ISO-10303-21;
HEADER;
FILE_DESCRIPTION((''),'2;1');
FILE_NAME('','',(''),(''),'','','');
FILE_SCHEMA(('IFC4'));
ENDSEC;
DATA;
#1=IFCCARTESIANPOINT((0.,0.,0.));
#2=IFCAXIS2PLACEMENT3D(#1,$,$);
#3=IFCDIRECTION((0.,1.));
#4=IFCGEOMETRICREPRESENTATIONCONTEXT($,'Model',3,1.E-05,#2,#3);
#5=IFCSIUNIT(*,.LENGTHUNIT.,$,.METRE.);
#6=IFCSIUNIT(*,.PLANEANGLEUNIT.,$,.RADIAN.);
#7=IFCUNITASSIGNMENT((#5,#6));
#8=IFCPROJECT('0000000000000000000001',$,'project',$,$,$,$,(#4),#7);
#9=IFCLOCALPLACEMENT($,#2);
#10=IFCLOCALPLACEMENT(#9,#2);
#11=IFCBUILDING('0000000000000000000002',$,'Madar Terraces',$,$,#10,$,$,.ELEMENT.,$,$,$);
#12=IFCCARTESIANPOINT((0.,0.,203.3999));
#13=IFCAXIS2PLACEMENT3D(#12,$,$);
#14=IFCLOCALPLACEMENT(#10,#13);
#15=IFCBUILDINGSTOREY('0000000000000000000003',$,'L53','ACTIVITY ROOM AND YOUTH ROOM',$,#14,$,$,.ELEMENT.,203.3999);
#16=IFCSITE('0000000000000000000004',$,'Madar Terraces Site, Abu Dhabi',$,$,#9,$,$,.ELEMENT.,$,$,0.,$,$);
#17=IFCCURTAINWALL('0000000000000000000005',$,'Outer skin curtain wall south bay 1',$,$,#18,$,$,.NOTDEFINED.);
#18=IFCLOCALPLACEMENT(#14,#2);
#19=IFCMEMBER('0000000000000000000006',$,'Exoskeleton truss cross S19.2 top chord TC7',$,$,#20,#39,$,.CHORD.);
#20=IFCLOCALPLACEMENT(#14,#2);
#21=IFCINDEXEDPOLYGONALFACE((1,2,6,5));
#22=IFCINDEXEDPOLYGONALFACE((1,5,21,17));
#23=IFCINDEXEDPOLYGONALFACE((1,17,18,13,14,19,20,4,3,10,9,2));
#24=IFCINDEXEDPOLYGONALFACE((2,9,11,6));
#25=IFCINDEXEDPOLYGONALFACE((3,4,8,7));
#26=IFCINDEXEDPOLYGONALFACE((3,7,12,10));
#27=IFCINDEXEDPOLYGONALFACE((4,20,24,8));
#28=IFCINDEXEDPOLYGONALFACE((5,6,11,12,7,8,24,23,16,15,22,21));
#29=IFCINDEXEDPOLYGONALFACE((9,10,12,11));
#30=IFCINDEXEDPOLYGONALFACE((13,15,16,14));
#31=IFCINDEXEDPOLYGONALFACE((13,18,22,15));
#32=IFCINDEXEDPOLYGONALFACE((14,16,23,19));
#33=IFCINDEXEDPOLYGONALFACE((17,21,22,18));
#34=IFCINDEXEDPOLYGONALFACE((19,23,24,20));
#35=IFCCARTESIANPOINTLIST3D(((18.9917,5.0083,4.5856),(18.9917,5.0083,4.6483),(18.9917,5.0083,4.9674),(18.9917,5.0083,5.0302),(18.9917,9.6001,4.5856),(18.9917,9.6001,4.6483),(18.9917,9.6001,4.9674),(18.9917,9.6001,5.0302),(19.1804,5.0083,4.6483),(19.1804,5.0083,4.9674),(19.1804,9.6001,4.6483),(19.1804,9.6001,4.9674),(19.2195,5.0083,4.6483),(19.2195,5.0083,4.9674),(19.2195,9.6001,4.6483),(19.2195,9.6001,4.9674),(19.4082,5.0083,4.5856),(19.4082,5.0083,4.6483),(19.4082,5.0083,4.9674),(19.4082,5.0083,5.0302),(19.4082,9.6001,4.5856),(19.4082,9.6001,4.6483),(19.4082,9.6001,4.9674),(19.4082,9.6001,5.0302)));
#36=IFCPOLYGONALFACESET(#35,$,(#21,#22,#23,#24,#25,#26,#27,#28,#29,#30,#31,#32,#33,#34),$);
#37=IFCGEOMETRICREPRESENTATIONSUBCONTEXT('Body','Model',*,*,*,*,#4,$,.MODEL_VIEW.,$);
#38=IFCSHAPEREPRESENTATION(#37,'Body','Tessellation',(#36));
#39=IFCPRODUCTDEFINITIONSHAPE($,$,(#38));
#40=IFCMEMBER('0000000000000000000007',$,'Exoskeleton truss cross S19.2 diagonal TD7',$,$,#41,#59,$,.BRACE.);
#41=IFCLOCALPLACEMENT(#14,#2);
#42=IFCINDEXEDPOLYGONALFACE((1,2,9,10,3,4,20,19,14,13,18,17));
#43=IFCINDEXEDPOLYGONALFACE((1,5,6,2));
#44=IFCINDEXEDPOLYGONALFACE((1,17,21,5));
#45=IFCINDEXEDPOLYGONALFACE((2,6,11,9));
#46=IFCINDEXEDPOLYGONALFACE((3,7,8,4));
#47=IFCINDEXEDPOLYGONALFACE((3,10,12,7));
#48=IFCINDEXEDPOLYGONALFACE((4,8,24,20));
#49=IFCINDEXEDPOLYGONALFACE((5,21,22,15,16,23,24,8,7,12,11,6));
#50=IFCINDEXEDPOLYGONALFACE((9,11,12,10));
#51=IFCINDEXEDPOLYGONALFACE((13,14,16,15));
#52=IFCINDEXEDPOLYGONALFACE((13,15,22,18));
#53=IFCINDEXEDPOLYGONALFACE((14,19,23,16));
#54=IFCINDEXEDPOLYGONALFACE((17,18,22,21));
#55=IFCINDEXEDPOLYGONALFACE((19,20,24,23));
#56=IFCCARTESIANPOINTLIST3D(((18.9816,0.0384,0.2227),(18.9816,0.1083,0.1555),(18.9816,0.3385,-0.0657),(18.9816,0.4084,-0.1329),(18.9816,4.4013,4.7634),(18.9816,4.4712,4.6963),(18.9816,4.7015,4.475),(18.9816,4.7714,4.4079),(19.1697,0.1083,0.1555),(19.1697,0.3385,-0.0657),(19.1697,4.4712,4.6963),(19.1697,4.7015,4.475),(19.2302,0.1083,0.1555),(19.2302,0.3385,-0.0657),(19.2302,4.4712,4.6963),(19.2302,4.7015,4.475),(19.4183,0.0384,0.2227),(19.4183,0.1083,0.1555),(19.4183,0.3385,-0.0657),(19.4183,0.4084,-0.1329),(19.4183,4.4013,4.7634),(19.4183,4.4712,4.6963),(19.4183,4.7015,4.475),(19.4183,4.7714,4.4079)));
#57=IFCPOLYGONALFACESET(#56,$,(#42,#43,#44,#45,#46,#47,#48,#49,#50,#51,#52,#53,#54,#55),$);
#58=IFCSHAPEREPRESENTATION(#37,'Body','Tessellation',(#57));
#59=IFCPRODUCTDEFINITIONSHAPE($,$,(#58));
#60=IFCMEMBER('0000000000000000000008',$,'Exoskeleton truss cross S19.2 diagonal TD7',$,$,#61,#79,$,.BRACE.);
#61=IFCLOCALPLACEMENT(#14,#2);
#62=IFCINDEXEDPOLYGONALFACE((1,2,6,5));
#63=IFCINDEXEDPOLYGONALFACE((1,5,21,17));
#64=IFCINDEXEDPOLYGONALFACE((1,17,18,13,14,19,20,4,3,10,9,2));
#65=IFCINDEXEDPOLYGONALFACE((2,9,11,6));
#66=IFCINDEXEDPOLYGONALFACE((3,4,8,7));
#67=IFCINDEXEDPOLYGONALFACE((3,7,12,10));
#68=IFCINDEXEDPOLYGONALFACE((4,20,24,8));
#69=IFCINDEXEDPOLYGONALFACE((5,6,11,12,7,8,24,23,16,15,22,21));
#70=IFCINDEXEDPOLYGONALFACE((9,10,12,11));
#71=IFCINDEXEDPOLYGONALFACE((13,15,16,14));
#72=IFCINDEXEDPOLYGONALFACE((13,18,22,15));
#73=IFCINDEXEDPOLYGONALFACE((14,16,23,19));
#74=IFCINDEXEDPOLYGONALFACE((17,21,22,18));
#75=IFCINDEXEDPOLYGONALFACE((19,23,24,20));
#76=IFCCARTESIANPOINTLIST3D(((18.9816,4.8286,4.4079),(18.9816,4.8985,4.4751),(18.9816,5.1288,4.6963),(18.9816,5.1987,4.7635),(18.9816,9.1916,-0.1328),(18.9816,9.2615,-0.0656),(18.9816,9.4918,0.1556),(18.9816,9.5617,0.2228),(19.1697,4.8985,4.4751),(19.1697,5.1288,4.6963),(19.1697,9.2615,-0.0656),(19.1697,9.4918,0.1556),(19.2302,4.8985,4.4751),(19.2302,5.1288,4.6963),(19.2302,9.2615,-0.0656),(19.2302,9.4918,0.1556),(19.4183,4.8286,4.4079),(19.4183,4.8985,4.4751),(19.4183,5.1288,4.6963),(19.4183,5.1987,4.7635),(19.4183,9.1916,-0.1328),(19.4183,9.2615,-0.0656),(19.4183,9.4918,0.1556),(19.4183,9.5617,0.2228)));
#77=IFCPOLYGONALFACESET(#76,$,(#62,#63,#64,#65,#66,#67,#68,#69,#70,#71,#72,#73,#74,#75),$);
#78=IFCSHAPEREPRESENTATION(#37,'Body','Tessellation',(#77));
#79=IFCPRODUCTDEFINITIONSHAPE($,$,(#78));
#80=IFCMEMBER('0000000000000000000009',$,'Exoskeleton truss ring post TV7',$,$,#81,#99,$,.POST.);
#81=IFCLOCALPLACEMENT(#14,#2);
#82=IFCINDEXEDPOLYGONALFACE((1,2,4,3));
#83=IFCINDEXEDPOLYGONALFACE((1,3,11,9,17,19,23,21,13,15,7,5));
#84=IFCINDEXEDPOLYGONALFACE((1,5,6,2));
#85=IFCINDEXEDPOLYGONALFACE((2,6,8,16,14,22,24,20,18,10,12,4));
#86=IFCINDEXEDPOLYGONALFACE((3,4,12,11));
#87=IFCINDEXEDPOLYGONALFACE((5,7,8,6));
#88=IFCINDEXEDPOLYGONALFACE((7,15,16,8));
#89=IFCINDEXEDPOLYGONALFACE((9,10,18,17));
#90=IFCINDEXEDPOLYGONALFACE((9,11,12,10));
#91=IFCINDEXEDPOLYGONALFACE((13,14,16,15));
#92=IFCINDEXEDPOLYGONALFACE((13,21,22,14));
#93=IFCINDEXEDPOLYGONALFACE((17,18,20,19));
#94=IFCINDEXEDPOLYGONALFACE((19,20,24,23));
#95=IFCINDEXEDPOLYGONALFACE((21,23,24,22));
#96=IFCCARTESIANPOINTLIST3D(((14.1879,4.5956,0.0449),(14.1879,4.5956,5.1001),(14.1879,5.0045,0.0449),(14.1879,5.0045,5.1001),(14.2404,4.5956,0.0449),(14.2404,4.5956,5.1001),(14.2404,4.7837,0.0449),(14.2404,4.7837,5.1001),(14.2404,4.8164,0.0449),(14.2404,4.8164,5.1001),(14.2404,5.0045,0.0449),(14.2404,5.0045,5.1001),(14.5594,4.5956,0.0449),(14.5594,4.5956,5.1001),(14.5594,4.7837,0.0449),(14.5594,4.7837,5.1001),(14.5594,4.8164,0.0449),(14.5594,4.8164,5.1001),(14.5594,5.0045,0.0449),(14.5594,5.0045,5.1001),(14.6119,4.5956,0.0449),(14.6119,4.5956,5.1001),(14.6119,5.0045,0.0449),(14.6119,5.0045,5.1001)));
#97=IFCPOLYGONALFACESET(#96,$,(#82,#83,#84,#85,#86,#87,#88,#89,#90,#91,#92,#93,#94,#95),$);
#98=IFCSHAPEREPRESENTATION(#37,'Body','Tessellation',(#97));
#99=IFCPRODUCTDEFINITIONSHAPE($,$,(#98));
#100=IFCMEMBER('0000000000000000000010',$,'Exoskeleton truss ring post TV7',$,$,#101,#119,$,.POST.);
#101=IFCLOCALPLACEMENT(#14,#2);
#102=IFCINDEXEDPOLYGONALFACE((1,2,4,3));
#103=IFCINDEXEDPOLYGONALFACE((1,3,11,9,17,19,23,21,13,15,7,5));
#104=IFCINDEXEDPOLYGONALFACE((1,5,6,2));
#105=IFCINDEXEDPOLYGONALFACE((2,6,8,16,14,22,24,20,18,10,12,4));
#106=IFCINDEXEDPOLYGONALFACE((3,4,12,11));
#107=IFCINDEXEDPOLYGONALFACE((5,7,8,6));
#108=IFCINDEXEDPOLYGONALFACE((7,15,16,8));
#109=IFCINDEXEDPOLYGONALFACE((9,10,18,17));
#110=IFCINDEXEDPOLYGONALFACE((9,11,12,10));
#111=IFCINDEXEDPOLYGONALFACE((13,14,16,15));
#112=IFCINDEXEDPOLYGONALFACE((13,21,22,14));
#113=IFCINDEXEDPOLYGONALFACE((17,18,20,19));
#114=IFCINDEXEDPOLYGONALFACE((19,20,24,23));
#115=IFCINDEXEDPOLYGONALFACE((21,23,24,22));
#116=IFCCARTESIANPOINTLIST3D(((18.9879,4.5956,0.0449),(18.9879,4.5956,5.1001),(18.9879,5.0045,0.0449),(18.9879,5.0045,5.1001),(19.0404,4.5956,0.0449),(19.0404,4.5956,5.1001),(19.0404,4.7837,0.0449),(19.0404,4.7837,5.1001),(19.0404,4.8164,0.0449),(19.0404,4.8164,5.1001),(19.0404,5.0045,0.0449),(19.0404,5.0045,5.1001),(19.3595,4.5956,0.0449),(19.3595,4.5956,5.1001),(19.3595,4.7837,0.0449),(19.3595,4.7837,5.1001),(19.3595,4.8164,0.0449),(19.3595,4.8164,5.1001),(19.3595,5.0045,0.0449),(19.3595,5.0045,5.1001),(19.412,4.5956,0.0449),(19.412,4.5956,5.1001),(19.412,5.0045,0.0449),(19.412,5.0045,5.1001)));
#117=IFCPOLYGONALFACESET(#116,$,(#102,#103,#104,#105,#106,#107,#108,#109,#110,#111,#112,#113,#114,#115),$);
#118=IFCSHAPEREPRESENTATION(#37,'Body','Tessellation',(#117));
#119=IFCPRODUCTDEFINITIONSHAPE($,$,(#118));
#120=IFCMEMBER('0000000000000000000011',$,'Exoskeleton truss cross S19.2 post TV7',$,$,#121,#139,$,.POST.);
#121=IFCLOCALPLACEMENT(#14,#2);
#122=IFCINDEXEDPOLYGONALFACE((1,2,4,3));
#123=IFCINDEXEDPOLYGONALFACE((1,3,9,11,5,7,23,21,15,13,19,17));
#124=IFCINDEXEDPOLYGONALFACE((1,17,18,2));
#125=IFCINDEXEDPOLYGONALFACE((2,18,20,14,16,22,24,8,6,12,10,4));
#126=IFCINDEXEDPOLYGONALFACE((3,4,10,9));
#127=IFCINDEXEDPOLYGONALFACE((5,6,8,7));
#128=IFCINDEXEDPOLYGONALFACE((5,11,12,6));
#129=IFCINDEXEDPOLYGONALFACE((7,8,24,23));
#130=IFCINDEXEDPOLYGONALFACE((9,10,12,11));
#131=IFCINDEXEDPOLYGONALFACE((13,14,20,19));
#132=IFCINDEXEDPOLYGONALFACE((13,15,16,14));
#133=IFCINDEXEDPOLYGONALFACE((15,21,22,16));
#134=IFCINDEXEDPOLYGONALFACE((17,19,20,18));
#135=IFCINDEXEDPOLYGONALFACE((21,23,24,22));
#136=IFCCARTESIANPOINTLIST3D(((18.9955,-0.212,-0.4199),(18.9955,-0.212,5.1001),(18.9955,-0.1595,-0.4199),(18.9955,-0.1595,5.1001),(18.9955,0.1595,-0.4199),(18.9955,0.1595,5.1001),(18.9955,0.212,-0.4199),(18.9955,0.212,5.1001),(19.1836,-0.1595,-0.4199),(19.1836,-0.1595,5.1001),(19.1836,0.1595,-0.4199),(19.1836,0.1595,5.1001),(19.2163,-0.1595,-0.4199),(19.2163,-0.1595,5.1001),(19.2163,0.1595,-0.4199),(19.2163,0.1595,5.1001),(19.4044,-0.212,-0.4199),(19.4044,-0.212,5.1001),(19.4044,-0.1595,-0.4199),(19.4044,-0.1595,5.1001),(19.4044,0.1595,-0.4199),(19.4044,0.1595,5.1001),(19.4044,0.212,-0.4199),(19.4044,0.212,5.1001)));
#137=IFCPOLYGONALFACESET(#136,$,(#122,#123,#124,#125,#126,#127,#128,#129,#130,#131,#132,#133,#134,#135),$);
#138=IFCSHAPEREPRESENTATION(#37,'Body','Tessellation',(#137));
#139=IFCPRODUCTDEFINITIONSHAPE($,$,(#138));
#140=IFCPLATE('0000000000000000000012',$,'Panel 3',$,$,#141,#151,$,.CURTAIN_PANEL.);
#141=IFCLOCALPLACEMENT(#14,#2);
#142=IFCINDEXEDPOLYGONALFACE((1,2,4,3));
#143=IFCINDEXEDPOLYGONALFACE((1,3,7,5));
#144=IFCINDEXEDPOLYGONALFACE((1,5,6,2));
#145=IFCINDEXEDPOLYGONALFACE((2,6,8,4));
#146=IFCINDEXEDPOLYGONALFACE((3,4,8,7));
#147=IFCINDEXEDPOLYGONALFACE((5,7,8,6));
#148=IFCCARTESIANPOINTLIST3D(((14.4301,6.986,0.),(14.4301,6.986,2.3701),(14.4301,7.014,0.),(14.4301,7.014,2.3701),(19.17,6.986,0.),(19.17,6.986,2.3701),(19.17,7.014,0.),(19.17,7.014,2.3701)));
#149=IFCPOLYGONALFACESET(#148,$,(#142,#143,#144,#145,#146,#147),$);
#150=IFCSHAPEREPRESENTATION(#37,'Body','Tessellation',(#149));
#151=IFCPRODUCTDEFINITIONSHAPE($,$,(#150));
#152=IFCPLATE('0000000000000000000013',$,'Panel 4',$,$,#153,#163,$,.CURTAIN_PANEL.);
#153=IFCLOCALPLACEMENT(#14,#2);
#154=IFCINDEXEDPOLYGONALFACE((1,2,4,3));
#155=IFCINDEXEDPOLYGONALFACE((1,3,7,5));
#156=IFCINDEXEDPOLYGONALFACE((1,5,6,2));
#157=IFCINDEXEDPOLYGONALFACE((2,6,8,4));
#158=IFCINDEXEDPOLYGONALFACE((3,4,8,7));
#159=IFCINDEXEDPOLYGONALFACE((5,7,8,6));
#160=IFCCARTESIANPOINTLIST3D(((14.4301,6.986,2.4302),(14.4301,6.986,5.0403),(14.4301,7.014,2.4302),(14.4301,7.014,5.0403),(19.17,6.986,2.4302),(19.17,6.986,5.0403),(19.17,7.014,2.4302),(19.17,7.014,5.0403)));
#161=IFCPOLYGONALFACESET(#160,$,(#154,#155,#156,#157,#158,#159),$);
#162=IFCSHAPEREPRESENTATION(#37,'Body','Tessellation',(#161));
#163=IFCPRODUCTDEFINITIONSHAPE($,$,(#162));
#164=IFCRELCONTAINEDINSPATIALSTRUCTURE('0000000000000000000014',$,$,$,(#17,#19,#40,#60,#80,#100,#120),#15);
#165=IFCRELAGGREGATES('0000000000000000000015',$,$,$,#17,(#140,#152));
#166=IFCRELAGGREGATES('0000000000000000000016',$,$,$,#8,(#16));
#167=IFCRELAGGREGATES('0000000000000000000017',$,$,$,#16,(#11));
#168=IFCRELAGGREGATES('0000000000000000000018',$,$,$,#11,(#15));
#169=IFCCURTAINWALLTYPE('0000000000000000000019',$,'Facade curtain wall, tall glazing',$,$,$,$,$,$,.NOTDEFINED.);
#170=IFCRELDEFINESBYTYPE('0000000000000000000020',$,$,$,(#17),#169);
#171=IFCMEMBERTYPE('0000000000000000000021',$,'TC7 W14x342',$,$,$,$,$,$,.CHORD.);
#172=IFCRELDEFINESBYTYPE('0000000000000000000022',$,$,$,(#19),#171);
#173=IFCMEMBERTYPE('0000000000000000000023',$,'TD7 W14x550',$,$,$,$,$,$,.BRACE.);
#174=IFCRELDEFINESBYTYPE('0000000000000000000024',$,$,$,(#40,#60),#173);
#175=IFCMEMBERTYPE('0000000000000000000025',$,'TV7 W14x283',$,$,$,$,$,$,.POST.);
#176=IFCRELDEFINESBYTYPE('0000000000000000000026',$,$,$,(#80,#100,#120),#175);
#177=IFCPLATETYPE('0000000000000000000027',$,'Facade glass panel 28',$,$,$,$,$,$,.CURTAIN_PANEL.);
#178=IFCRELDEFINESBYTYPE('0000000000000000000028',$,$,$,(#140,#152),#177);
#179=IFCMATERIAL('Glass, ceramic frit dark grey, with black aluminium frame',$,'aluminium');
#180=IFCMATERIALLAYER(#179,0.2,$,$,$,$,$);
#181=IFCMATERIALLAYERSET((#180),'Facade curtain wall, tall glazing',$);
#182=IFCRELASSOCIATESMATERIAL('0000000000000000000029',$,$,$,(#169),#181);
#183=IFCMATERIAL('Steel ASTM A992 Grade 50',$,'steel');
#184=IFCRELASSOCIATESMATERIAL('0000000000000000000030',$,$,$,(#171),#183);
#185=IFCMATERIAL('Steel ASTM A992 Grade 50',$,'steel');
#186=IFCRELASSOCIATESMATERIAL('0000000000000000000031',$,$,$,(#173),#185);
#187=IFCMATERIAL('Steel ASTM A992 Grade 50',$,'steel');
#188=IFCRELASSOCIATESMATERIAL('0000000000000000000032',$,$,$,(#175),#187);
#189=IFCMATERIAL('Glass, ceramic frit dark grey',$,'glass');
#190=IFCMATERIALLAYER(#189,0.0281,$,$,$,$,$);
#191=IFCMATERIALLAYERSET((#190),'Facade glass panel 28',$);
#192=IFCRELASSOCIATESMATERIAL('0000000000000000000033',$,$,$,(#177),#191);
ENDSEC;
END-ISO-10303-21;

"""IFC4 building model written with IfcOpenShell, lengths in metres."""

from ifc_helpers import new_model, si_unit, direction, frame, origin, origin_2d, place, context, subcontext, project, spatial, rectangle, i_section, extrude, material, layer, layer_set, material_profile, profile_set, type_object, element, aggregate, save


model = new_model("IFC4")

# Units and contexts
model_context = context("Model", 3, precision=1e-05, world=origin(), true_north=direction((0.0, 1.0)))
body_context = subcontext(model_context, "Body", "Model", "MODEL_VIEW")
ifc_project = project(units=[si_unit("LENGTHUNIT", "METRE"), si_unit("PLANEANGLEUNIT", "RADIAN")], contexts=[model_context])

# Site, building, storey
site_placement = place(None, origin())
site = spatial("IfcSite", under=ifc_project, at=site_placement, Name="Madar Terraces Site, Abu Dhabi", CompositionType="ELEMENT", RefElevation=0.0)
building_placement = place(site_placement, origin())
building = spatial("IfcBuilding", under=site, at=building_placement, Name="Madar Terraces", CompositionType="ELEMENT")
storey_placement = place(building_placement, frame((0.0, 0.0, 203.3999)))
storey = spatial("IfcBuildingStorey", under=building, at=storey_placement, Name="L53", Description="ACTIVITY ROOM AND YOUTH ROOM", CompositionType="ELEMENT", Elevation=203.3999)

# Curtain wall
ifc_material_1 = material(Name="Glass, ceramic frit dark grey, with black aluminium frame", Category="aluminium")
ifc_layer_1 = layer(ifc_material_1, 0.2)
ifc_layer_set_1 = layer_set([ifc_layer_1], Name="Facade curtain wall, tall glazing")
curtain_wall_type = type_object("IfcCurtainWallType", Name="Facade curtain wall, tall glazing", PredefinedType="NOTDEFINED", material=ifc_layer_set_1)
curtain_wall_placement = place(storey_placement, origin())
curtain_wall = element("IfcCurtainWall", 1, at=curtain_wall_placement, inside=storey, type_object=curtain_wall_type, Name="Outer skin curtain wall south bay 1", PredefinedType="NOTDEFINED")

# Members
ifc_material_2 = material(Name="Steel ASTM A992 Grade 50", Category="steel")
ifc_material_profile_1 = material_profile(ifc_material_2, i_section(OverallWidth=0.4165, OverallDepth=0.4446, WebThickness=0.0391, FlangeThickness=0.0627, at=origin_2d()), Name="W14x342")
ifc_profile_set_1 = profile_set([ifc_material_profile_1], Name="Steel ASTM A992 Grade 50")
member_type_1 = type_object("IfcMemberType", Name="TC7 W14x342", PredefinedType="CHORD", material=ifc_profile_set_1)
for number, where, z_axis, x_axis, name in (
    (2, (19.2, 5.0083, 4.8079), (0.0, 1.0, 0.0), (-1.0, 0.0, 0.0), "Exoskeleton truss cross S19.2 top chord TC7"),
):
    element("IfcMember", number, at=place(storey_placement, frame(where, z_axis=z_axis, x_axis=x_axis)), inside=storey, type_object=member_type_1, Name=name, PredefinedType="CHORD", context=body_context, shape_type="SweptSolid", body=[
        extrude(i_section(OverallWidth=0.4165, OverallDepth=0.4446, WebThickness=0.0391, FlangeThickness=0.0627, at=origin_2d()), origin(), (0.0, 0.0, 1.0), 4.5918),
    ])
ifc_material_3 = material(Name="Steel ASTM A992 Grade 50", Category="steel")
ifc_material_profile_2 = material_profile(ifc_material_3, i_section(OverallWidth=0.4368, OverallDepth=0.5132, WebThickness=0.0605, FlangeThickness=0.0969, at=origin_2d()), Name="W14x550")
ifc_profile_set_2 = profile_set([ifc_material_profile_2], Name="Steel ASTM A992 Grade 50")
member_type_2 = type_object("IfcMemberType", Name="TD7 W14x550", PredefinedType="BRACE", material=ifc_profile_set_2)
for number, where, z_axis, x_axis, name in (
    (3, (19.2, 0.2234, 0.0449), (0.0, 0.692854, 0.721078), (-1.0, 0.0, 0.0), "Exoskeleton truss cross S19.2 diagonal TD7"),
    (4, (19.2, 5.0137, 4.5857), (0.0, 0.692854, -0.721078), (-1.0, 0.0, 0.0), "Exoskeleton truss cross S19.2 diagonal TD7"),
):
    element("IfcMember", number, at=place(storey_placement, frame(where, z_axis=z_axis, x_axis=x_axis)), inside=storey, type_object=member_type_2, Name=name, PredefinedType="BRACE", context=body_context, shape_type="SweptSolid", body=[
        extrude(i_section(OverallWidth=0.4368, OverallDepth=0.5132, WebThickness=0.0605, FlangeThickness=0.0969, at=origin_2d()), origin(), (0.0, 0.0, 1.0), 6.2971),
    ])
ifc_material_4 = material(Name="Steel ASTM A992 Grade 50", Category="steel")
ifc_material_profile_3 = material_profile(ifc_material_4, i_section(OverallWidth=0.4089, OverallDepth=0.4241, WebThickness=0.0327, FlangeThickness=0.0525, at=origin_2d()), Name="W14x283")
ifc_profile_set_3 = profile_set([ifc_material_profile_3], Name="Steel ASTM A992 Grade 50")
member_type_3 = type_object("IfcMemberType", Name="TV7 W14x283", PredefinedType="POST", material=ifc_profile_set_3)
for number, where, z_axis, x_axis, name in (
    (5, (14.3999, 4.8, 0.0449), (0.0, 0.0, 1.0), (0.0, 1.0, 0.0), "Exoskeleton truss ring post TV7"),
    (6, (19.2, 4.8, 0.0449), (0.0, 0.0, 1.0), (0.0, 1.0, 0.0), "Exoskeleton truss ring post TV7"),
):
    element("IfcMember", number, at=place(storey_placement, frame(where, z_axis=z_axis, x_axis=x_axis)), inside=storey, type_object=member_type_3, Name=name, PredefinedType="POST", context=body_context, shape_type="SweptSolid", body=[
        extrude(i_section(OverallWidth=0.4089, OverallDepth=0.4241, WebThickness=0.0327, FlangeThickness=0.0525, at=origin_2d()), origin(), (0.0, 0.0, 1.0), 5.0552),
    ])
member_1_placement = place(storey_placement, frame((19.2, 0.0, -0.4199), z_axis=(0.0, 0.0, 1.0), x_axis=(-1.0, 0.0, 0.0)))
element("IfcMember", 7, at=member_1_placement, inside=storey, type_object=member_type_3, Name="Exoskeleton truss cross S19.2 post TV7", PredefinedType="POST", context=body_context, shape_type="SweptSolid", body=[
    extrude(i_section(OverallWidth=0.4089, OverallDepth=0.4241, WebThickness=0.0327, FlangeThickness=0.0525, at=origin_2d()), origin(), (0.0, 0.0, 1.0), 5.52),
])

# Plates
ifc_material_5 = material(Name="Glass, ceramic frit dark grey", Category="glass")
ifc_layer_2 = layer(ifc_material_5, 0.0281)
ifc_layer_set_2 = layer_set([ifc_layer_2], Name="Facade glass panel 28")
plate_type = type_object("IfcPlateType", Name="Facade glass panel 28", PredefinedType="CURTAIN_PANEL", material=ifc_layer_set_2)
plate_1_placement = place(storey_placement, frame((16.8, 7.0, 0.0), z_axis=(0.0, 0.0, 1.0), x_axis=(1.0, 0.0, 0.0)))
plate_1 = element("IfcPlate", 8, at=plate_1_placement, type_object=plate_type, Name="Panel 3", PredefinedType="CURTAIN_PANEL", context=body_context, shape_type="SweptSolid", body=[
    extrude(rectangle(XDim=4.74, YDim=0.0281, at=origin_2d()), origin(), (0.0, 0.0, 1.0), 2.3701),
])
plate_2_placement = place(storey_placement, frame((16.8, 7.0, 2.4302), z_axis=(0.0, 0.0, 1.0), x_axis=(1.0, 0.0, 0.0)))
plate_2 = element("IfcPlate", 9, at=plate_2_placement, type_object=plate_type, Name="Panel 4", PredefinedType="CURTAIN_PANEL", context=body_context, shape_type="SweptSolid", body=[
    extrude(rectangle(XDim=4.74, YDim=0.0281, at=origin_2d()), origin(), (0.0, 0.0, 1.0), 2.6101),
])
aggregate(curtain_wall, [plate_1, plate_2])

save(model, "model.ifc")
